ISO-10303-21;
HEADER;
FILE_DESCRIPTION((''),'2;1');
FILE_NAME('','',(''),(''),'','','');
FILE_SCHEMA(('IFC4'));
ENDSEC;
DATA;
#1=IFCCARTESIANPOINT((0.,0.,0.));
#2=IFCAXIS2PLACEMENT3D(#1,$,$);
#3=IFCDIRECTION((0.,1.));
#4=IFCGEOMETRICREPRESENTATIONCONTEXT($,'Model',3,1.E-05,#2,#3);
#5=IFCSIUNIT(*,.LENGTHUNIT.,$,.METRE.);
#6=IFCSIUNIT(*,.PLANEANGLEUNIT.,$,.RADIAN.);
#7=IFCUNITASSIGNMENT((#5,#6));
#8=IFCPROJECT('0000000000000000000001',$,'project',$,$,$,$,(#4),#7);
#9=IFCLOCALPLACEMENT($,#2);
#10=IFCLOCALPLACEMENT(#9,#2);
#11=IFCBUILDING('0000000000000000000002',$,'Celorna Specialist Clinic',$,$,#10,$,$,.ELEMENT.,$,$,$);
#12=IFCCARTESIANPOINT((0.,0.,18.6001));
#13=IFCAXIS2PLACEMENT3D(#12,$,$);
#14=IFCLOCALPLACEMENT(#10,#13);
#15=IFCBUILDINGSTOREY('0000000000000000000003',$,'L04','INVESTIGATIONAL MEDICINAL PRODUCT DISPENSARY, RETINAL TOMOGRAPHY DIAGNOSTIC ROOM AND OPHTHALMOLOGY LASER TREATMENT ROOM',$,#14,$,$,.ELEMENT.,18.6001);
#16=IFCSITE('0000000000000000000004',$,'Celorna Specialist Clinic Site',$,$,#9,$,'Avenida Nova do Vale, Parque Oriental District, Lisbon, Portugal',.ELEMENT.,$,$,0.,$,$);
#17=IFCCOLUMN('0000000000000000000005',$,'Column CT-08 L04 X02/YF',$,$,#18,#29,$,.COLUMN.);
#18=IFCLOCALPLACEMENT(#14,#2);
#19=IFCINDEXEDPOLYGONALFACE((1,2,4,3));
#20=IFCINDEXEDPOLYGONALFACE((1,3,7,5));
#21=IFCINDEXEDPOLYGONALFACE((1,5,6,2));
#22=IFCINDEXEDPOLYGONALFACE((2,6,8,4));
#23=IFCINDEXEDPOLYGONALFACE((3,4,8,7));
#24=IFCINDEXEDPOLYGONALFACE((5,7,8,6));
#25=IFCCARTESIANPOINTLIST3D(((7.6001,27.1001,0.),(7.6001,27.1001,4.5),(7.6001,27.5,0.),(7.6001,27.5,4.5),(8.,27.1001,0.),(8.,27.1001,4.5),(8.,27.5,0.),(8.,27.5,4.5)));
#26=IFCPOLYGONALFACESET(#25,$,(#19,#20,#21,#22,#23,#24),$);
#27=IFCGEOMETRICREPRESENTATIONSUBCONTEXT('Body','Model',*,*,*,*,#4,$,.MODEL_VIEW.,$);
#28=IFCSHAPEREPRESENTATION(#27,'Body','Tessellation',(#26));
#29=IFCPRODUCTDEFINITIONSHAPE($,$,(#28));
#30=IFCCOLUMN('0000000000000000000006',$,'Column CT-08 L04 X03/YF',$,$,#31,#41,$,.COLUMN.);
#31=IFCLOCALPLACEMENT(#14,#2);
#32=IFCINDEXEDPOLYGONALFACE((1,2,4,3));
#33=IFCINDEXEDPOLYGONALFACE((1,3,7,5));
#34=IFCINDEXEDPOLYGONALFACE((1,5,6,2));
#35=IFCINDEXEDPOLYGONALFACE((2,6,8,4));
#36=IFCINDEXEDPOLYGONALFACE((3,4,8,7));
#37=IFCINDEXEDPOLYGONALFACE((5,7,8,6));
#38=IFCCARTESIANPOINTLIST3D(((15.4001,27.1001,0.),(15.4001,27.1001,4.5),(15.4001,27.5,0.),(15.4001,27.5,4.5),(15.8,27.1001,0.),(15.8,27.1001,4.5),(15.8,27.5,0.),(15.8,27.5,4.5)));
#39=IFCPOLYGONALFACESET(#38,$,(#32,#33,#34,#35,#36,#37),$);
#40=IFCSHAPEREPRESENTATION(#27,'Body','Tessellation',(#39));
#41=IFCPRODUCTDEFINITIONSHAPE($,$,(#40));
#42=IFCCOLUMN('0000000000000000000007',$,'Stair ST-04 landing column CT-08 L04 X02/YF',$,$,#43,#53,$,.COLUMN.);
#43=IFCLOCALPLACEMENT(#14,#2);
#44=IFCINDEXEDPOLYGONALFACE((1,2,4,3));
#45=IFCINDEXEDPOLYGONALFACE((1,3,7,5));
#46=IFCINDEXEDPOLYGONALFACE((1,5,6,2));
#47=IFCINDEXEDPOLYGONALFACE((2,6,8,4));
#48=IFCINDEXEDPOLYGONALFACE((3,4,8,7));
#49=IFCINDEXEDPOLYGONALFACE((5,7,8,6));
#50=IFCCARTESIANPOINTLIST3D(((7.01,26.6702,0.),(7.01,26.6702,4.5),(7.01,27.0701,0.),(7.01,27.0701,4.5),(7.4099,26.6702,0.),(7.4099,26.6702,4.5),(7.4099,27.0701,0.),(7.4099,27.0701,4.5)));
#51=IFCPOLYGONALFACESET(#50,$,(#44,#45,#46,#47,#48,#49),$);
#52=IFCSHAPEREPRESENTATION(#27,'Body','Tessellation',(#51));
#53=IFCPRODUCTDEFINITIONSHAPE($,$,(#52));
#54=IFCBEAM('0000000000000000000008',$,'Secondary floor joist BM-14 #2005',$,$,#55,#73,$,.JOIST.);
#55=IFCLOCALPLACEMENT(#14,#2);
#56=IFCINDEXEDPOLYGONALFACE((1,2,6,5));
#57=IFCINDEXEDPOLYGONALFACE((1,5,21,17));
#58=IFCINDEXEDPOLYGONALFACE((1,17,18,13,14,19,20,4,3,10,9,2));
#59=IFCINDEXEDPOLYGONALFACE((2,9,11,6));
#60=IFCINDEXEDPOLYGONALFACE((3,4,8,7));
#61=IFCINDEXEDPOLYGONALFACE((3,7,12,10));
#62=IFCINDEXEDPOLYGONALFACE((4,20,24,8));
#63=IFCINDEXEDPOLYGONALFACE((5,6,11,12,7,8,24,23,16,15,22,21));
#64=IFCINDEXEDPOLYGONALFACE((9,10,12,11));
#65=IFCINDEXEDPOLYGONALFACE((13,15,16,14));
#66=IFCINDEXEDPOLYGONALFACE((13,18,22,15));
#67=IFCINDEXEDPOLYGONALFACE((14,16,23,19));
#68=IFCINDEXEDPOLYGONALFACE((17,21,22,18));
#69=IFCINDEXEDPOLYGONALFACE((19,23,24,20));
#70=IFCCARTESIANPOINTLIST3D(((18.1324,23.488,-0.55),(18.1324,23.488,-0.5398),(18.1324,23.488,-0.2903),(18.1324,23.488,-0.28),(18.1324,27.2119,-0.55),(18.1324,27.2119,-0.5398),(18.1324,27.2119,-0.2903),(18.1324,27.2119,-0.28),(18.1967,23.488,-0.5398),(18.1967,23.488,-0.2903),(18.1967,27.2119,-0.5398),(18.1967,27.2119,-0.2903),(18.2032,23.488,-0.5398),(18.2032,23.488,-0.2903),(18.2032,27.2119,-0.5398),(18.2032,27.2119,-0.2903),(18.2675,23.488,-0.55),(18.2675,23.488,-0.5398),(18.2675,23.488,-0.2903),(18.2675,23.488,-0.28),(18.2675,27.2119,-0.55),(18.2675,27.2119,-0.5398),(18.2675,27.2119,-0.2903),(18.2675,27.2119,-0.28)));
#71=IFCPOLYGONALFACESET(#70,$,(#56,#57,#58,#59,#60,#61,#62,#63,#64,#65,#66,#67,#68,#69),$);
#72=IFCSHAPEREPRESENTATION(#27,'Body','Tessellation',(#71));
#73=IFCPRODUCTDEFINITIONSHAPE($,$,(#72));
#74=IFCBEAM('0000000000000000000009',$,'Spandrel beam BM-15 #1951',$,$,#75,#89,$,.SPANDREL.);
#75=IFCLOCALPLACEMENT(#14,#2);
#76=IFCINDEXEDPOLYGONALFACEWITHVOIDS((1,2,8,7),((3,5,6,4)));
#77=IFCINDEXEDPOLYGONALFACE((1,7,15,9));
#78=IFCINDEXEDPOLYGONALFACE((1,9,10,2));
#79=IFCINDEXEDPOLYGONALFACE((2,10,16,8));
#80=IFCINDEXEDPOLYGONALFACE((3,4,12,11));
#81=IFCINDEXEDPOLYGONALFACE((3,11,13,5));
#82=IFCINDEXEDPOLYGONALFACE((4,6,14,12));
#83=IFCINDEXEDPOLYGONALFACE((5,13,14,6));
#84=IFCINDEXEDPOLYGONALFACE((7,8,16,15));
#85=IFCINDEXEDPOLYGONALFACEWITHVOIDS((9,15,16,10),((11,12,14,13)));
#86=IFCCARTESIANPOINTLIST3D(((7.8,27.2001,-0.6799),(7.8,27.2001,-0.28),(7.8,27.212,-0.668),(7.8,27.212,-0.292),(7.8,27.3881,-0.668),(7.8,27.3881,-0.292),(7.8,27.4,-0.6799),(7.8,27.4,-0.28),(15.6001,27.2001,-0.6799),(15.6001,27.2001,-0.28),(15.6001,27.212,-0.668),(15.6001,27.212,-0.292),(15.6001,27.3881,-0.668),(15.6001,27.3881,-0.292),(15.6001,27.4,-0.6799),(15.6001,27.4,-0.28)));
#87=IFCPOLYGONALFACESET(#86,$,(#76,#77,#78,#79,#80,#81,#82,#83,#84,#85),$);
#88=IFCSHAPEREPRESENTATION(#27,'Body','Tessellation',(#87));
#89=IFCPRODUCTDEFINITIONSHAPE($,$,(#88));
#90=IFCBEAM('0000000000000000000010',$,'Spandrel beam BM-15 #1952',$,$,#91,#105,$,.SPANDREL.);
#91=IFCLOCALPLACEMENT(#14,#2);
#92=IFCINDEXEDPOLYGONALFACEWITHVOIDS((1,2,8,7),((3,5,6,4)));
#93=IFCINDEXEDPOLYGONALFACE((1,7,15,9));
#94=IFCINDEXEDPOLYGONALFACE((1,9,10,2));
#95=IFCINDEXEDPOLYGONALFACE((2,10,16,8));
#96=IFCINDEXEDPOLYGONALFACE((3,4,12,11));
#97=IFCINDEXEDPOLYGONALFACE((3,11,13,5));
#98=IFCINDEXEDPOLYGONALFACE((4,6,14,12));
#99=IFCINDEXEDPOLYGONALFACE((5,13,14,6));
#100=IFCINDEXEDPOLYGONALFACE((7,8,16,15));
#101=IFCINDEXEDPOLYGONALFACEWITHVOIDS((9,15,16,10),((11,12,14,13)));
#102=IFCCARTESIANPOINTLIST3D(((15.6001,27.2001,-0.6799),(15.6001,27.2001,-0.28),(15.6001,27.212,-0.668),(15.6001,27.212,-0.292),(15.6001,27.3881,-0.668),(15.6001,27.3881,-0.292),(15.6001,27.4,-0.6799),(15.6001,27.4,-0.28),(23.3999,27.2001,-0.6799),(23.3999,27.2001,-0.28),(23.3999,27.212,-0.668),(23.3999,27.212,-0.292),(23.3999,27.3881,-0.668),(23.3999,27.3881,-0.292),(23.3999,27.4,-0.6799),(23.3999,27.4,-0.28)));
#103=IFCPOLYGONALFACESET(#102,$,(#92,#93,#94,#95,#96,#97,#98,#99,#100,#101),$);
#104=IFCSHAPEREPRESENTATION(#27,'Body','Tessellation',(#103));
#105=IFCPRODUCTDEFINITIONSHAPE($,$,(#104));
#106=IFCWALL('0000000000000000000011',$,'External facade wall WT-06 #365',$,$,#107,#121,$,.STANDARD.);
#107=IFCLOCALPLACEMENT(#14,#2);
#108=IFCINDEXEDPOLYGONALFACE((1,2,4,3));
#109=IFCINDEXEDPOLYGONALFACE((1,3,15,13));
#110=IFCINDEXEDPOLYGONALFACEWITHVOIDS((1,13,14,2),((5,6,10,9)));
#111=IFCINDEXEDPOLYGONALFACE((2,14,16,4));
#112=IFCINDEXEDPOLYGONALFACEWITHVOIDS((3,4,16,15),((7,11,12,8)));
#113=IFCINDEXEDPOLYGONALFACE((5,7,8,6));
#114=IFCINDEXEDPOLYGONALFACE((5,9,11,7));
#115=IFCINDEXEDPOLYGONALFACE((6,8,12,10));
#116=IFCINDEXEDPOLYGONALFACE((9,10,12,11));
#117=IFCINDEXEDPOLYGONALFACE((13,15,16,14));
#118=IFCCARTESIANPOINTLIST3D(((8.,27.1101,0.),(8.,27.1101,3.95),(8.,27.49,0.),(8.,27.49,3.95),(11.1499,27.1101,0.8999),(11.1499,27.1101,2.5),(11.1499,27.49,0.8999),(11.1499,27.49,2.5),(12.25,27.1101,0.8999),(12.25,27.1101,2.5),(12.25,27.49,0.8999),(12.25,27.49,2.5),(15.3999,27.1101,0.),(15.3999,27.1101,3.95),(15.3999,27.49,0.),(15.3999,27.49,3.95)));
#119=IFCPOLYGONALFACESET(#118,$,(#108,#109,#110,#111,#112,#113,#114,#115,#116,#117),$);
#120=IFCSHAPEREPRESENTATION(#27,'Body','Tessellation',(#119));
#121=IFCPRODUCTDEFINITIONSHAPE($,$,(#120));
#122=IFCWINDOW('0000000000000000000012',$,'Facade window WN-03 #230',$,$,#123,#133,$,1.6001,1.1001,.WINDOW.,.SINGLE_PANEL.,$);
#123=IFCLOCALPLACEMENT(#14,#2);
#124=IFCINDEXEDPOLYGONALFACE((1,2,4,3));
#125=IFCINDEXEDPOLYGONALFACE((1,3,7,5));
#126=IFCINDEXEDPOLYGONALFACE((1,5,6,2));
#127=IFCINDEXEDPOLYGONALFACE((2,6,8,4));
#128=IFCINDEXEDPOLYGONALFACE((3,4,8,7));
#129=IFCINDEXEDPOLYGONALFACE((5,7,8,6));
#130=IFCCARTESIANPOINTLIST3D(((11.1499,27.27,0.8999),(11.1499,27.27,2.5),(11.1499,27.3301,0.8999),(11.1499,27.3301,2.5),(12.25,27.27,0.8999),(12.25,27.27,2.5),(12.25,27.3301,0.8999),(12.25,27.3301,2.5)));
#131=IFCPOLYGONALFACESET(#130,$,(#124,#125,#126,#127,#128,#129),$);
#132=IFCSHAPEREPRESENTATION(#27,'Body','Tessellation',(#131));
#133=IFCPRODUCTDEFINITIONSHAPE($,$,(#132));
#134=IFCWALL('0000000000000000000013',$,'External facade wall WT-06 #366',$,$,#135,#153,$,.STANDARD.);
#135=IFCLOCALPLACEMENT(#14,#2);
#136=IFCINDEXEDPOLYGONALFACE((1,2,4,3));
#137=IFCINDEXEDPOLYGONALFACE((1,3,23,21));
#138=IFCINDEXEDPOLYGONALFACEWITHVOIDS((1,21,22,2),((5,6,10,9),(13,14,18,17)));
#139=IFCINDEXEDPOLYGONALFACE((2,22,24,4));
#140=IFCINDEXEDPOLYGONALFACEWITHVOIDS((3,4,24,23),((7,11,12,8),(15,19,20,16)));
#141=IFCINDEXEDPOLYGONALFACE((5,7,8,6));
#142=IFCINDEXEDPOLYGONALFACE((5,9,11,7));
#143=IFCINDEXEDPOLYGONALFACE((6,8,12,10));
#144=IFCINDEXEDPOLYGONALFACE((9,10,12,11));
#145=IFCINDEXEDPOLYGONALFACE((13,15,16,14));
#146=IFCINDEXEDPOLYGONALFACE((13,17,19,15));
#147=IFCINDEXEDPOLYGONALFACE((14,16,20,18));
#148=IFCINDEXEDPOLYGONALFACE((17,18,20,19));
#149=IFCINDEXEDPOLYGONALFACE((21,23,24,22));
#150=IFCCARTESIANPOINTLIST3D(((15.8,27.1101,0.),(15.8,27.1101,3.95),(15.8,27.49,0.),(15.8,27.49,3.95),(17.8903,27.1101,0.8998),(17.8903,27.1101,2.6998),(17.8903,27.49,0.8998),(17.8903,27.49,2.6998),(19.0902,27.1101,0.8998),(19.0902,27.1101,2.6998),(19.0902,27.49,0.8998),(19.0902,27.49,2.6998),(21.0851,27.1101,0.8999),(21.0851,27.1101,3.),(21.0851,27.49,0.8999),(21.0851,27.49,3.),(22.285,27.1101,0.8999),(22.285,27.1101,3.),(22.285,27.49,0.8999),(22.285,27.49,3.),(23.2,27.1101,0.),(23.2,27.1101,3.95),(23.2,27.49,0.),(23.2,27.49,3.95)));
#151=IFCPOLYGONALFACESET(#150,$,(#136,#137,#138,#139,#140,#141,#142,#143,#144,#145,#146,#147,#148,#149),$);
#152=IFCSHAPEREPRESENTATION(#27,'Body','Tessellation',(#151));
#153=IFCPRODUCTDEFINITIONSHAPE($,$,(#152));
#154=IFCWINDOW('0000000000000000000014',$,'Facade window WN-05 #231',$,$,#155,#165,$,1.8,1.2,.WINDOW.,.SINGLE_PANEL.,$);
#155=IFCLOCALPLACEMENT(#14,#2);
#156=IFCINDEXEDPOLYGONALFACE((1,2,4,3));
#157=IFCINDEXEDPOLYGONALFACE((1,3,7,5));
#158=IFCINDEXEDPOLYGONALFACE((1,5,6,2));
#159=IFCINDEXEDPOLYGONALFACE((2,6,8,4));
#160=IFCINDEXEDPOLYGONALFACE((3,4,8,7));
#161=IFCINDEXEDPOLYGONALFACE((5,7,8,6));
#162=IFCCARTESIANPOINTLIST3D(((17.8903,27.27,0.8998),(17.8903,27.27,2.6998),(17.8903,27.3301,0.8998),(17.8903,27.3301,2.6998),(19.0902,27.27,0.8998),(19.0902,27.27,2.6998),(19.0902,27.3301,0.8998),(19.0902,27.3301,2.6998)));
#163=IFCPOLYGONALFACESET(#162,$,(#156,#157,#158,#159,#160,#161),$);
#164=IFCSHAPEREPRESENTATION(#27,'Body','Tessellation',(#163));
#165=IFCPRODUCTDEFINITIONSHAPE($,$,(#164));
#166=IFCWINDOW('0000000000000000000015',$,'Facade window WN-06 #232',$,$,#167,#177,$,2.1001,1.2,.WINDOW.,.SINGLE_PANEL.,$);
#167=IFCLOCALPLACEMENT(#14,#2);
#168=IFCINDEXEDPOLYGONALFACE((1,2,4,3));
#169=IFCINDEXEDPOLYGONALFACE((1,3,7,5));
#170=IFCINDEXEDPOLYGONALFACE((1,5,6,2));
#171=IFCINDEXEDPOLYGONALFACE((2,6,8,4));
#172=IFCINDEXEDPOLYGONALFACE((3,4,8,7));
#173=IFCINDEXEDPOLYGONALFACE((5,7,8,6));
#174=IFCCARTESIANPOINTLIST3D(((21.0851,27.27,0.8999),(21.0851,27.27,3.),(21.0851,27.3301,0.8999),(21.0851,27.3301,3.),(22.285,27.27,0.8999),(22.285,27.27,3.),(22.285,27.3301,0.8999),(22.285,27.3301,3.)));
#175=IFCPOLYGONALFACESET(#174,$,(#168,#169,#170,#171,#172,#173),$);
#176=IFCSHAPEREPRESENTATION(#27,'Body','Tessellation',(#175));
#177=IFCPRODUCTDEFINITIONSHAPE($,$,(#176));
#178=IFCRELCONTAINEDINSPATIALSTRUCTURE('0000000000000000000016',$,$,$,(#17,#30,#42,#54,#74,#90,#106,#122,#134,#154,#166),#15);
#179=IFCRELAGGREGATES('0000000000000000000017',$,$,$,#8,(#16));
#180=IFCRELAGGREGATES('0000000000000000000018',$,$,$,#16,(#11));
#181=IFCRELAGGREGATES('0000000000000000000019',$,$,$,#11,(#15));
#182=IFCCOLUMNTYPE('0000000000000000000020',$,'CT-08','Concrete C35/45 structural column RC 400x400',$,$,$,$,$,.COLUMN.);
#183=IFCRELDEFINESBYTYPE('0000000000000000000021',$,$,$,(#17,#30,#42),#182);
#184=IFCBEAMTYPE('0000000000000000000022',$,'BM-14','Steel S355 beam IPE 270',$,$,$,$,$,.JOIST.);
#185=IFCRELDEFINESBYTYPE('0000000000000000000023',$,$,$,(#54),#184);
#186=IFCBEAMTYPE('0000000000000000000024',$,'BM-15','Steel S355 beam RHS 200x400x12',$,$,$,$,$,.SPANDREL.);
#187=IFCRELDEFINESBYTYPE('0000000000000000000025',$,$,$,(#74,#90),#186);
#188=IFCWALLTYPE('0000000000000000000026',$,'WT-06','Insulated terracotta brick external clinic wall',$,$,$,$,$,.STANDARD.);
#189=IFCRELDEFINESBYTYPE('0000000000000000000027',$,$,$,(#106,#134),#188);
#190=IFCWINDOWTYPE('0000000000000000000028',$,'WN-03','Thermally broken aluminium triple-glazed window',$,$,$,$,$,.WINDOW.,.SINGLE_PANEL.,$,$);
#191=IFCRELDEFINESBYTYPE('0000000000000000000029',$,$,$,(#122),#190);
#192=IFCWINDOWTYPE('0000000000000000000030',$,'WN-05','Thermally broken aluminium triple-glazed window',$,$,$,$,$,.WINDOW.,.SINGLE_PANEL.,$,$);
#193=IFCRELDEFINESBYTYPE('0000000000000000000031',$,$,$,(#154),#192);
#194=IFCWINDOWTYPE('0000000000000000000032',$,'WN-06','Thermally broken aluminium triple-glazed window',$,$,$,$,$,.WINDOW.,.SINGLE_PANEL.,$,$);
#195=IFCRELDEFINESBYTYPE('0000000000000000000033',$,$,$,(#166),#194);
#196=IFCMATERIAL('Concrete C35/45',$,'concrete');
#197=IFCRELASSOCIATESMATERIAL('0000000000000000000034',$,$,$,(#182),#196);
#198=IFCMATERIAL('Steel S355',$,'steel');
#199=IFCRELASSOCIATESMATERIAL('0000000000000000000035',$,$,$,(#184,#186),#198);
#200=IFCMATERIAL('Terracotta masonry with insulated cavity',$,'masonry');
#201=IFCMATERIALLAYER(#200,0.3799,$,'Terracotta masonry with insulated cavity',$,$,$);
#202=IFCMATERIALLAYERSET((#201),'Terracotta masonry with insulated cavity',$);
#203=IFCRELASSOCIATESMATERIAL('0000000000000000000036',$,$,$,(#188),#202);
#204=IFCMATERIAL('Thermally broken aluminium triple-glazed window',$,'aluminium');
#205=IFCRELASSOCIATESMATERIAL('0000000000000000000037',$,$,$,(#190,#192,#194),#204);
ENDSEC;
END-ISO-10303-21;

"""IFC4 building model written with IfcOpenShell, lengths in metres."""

from ifc_helpers import new_model, si_unit, direction, frame, frame_2d, origin, origin_2d, place, context, subcontext, project, spatial, rectangle, hollow_rectangle, i_section, extrude, material, layer, layer_set, material_profile, profile_set, type_object, element, fill, save


model = new_model("IFC4")

# Units and contexts
model_context = context("Model", 3, precision=1e-05, world=origin(), true_north=direction((0.0, 1.0)))
body_context = subcontext(model_context, "Body", "Model", "MODEL_VIEW")
ifc_project = project(units=[si_unit("LENGTHUNIT", "METRE"), si_unit("PLANEANGLEUNIT", "RADIAN")], contexts=[model_context])

# Site, building, storey
site_placement = place(None, origin())
site = spatial("IfcSite", under=ifc_project, at=site_placement, Name="Celorna Specialist Clinic Site", LongName="Avenida Nova do Vale, Parque Oriental District, Lisbon, Portugal", CompositionType="ELEMENT", RefElevation=0.0)
building_placement = place(site_placement, origin())
building = spatial("IfcBuilding", under=site, at=building_placement, Name="Celorna Specialist Clinic", CompositionType="ELEMENT")
storey_placement = place(building_placement, frame((0.0, 0.0, 18.6001)))
storey = spatial("IfcBuildingStorey", under=building, at=storey_placement, Name="L04", Description="INVESTIGATIONAL MEDICINAL PRODUCT DISPENSARY, RETINAL TOMOGRAPHY DIAGNOSTIC ROOM AND OPHTHALMOLOGY LASER TREATMENT ROOM", CompositionType="ELEMENT", Elevation=18.6001)

# Columns
ifc_material_1 = material(Name="Concrete C35/45", Category="concrete")
ifc_material_profile_1 = material_profile(ifc_material_1, rectangle(XDim=0.3999, YDim=0.3999, at=origin_2d()), Name="RC 400x400")
ifc_profile_set_1 = profile_set([ifc_material_profile_1], Name="Concrete C35/45")
column_type = type_object("IfcColumnType", Name="CT-08", Description="Concrete C35/45 structural column RC 400x400", PredefinedType="COLUMN", material=ifc_profile_set_1)
for number, where, z_axis, x_axis, name in (
    (1, (7.8, 27.3, 0.0), (0.0, 0.0, 1.0), (1.0, 0.0, 0.0), "Column CT-08 L04 X02/YF"),
    (2, (15.6001, 27.3, 0.0), (0.0, 0.0, 1.0), (1.0, 0.0, 0.0), "Column CT-08 L04 X03/YF"),
    (3, (7.21, 26.8701, 0.0), (0.0, 0.0, 1.0), (1.0, 0.0, 0.0), "Stair ST-04 landing column CT-08 L04 X02/YF"),
):
    element("IfcColumn", number, at=place(storey_placement, frame(where, z_axis=z_axis, x_axis=x_axis)), inside=storey, type_object=column_type, Name=name, PredefinedType="COLUMN", context=body_context, shape_type="SweptSolid", body=[
        extrude(rectangle(XDim=0.3999, YDim=0.3999, at=origin_2d()), origin(), (0.0, 0.0, 1.0), 4.5),
    ])

# Beams
ifc_material_2 = material(Name="Steel S355", Category="steel")
ifc_material_profile_2 = material_profile(ifc_material_2, i_section(OverallWidth=0.135, OverallDepth=0.27, WebThickness=0.0066, FlangeThickness=0.0103, at=origin_2d()), Name="IPE 270")
ifc_profile_set_2 = profile_set([ifc_material_profile_2], Name="Steel S355")
beam_type_1 = type_object("IfcBeamType", Name="BM-14", Description="Steel S355 beam IPE 270", PredefinedType="JOIST", material=ifc_profile_set_2)
beam_1_placement = place(storey_placement, frame((18.2, 23.488, -0.415), z_axis=(0.0, 1.0, 0.0), x_axis=(-1.0, 0.0, 0.0)))
element("IfcBeam", 4, at=beam_1_placement, inside=storey, type_object=beam_type_1, Name="Secondary floor joist BM-14 #2005", PredefinedType="JOIST", context=body_context, shape_type="SweptSolid", body=[
    extrude(i_section(OverallWidth=0.135, OverallDepth=0.27, WebThickness=0.0066, FlangeThickness=0.0103, at=origin_2d()), origin(), (0.0, 0.0, 1.0), 3.7239),
])
ifc_material_profile_3 = material_profile(ifc_material_2, hollow_rectangle(XDim=0.2, YDim=0.3999, WallThickness=0.012, at=origin_2d()), Name="RHS 200x400x12")
ifc_profile_set_3 = profile_set([ifc_material_profile_3], Name="Steel S355")
beam_type_2 = type_object("IfcBeamType", Name="BM-15", Description="Steel S355 beam RHS 200x400x12", PredefinedType="SPANDREL", material=ifc_profile_set_3)
beam_2_placement = place(storey_placement, frame((7.8, 27.3, -0.48), z_axis=(1.0, 0.0, 0.0), x_axis=(0.0, 1.0, 0.0)))
element("IfcBeam", 5, at=beam_2_placement, inside=storey, type_object=beam_type_2, Name="Spandrel beam BM-15 #1951", PredefinedType="SPANDREL", context=body_context, shape_type="SweptSolid", body=[
    extrude(hollow_rectangle(XDim=0.2, YDim=0.3999, WallThickness=0.012, at=origin_2d()), origin(), (0.0, 0.0, 1.0), 7.8),
])
beam_3_placement = place(storey_placement, frame((15.6001, 27.3, -0.48), z_axis=(1.0, 0.0, 0.0), x_axis=(0.0, 1.0, 0.0)))
element("IfcBeam", 6, at=beam_3_placement, inside=storey, type_object=beam_type_2, Name="Spandrel beam BM-15 #1952", PredefinedType="SPANDREL", context=body_context, shape_type="SweptSolid", body=[
    extrude(hollow_rectangle(XDim=0.2, YDim=0.3999, WallThickness=0.012, at=origin_2d()), origin(), (0.0, 0.0, 1.0), 7.7998),
])

# Wall, opening, window
ifc_material_3 = material(Name="Terracotta masonry with insulated cavity", Category="masonry")
ifc_layer_1 = layer(ifc_material_3, 0.3799, Name="Terracotta masonry with insulated cavity")
ifc_layer_set_1 = layer_set([ifc_layer_1], Name="Terracotta masonry with insulated cavity")
wall_type_1 = type_object("IfcWallType", Name="WT-06", Description="Insulated terracotta brick external clinic wall", PredefinedType="STANDARD", material=ifc_layer_set_1)
wall_1_placement = place(storey_placement, frame((8.0, 27.3, 0.0), z_axis=(0.0, 0.0, 1.0), x_axis=(1.0, 0.0, 0.0)))
wall_1 = element("IfcWall", 7, at=wall_1_placement, inside=storey, type_object=wall_type_1, Name="External facade wall WT-06 #365", PredefinedType="STANDARD", context=body_context, shape_type="SweptSolid", body=[
    extrude(rectangle(XDim=7.3999, YDim=0.3799, at=frame_2d((3.7, 0.0))), origin(), (0.0, 0.0, 1.0), 3.95),
])
opening_1_placement = place(wall_1_placement, frame((3.1499, 0.0, 0.8999)))
opening_1 = element("IfcOpeningElement", 8, at=opening_1_placement, cuts=wall_1, PredefinedType="OPENING", context=body_context, shape_type="SweptSolid", body=[
    extrude(rectangle(XDim=1.1001, YDim=1.6001, at=frame_2d((0.55, 0.8))), frame((0.0, 0.2, 0.0), z_axis=(0.0, -1.0, 0.0), x_axis=(1.0, 0.0, 0.0)), (0.0, 0.0, 1.0), 0.3999),
])
ifc_material_4 = material(Name="Thermally broken aluminium triple-glazed window", Category="aluminium")
window_type_1 = type_object("IfcWindowType", Name="WN-03", Description="Thermally broken aluminium triple-glazed window", PartitioningType="SINGLE_PANEL", PredefinedType="WINDOW", material=ifc_material_4)
window_1_placement = place(opening_1_placement, origin())
window_1 = element("IfcWindow", 9, at=window_1_placement, inside=storey, type_object=window_type_1, Name="Facade window WN-03 #230", OverallHeight=1.6001, OverallWidth=1.1001, PartitioningType="SINGLE_PANEL", PredefinedType="WINDOW", context=body_context, shape_type="SweptSolid", body=[
    extrude(rectangle(XDim=1.1001, YDim=1.6001, at=frame_2d((0.55, 0.8))), frame((0.0, 0.03, 0.0), z_axis=(0.0, -1.0, 0.0), x_axis=(1.0, 0.0, 0.0)), (0.0, 0.0, 1.0), 0.0601),
])
fill(opening_1, window_1)

# Wall, openings, windows
wall_2_placement = place(storey_placement, frame((15.8, 27.3, 0.0), z_axis=(0.0, 0.0, 1.0), x_axis=(1.0, 0.0, 0.0)))
wall_2 = element("IfcWall", 10, at=wall_2_placement, inside=storey, type_object=wall_type_1, Name="External facade wall WT-06 #366", PredefinedType="STANDARD", context=body_context, shape_type="SweptSolid", body=[
    extrude(rectangle(XDim=7.3999, YDim=0.3799, at=frame_2d((3.7, 0.0))), origin(), (0.0, 0.0, 1.0), 3.95),
])
opening_2_placement = place(wall_2_placement, frame((2.0901, 0.0, 0.8999)))
opening_2 = element("IfcOpeningElement", 11, at=opening_2_placement, cuts=wall_2, PredefinedType="OPENING", context=body_context, shape_type="SweptSolid", body=[
    extrude(rectangle(XDim=1.2, YDim=1.8, at=frame_2d((0.6001, 0.8999))), frame((0.0, 0.2, 0.0), z_axis=(0.0, -1.0, 0.0), x_axis=(1.0, 0.0, 0.0)), (0.0, 0.0, 1.0), 0.3999),
])
opening_3_placement = place(wall_2_placement, frame((5.2849, 0.0, 0.8999)))
opening_3 = element("IfcOpeningElement", 12, at=opening_3_placement, cuts=wall_2, PredefinedType="OPENING", context=body_context, shape_type="SweptSolid", body=[
    extrude(rectangle(XDim=1.2, YDim=2.1001, at=frame_2d((0.6001, 1.05))), frame((0.0, 0.2, 0.0), z_axis=(0.0, -1.0, 0.0), x_axis=(1.0, 0.0, 0.0)), (0.0, 0.0, 1.0), 0.3999),
])
window_type_2 = type_object("IfcWindowType", Name="WN-05", Description="Thermally broken aluminium triple-glazed window", PartitioningType="SINGLE_PANEL", PredefinedType="WINDOW", material=ifc_material_4)
window_2_placement = place(opening_2_placement, origin())
window_2 = element("IfcWindow", 13, at=window_2_placement, inside=storey, type_object=window_type_2, Name="Facade window WN-05 #231", OverallHeight=1.8, OverallWidth=1.2, PartitioningType="SINGLE_PANEL", PredefinedType="WINDOW", context=body_context, shape_type="SweptSolid", body=[
    extrude(rectangle(XDim=1.2, YDim=1.8, at=frame_2d((0.6001, 0.8999))), frame((0.0, 0.03, 0.0), z_axis=(0.0, -1.0, 0.0), x_axis=(1.0, 0.0, 0.0)), (0.0, 0.0, 1.0), 0.0601),
])
fill(opening_2, window_2)
window_type_3 = type_object("IfcWindowType", Name="WN-06", Description="Thermally broken aluminium triple-glazed window", PartitioningType="SINGLE_PANEL", PredefinedType="WINDOW", material=ifc_material_4)
window_3_placement = place(opening_3_placement, origin())
window_3 = element("IfcWindow", 14, at=window_3_placement, inside=storey, type_object=window_type_3, Name="Facade window WN-06 #232", OverallHeight=2.1001, OverallWidth=1.2, PartitioningType="SINGLE_PANEL", PredefinedType="WINDOW", context=body_context, shape_type="SweptSolid", body=[
    extrude(rectangle(XDim=1.2, YDim=2.1001, at=frame_2d((0.6001, 1.05))), frame((0.0, 0.03, 0.0), z_axis=(0.0, -1.0, 0.0), x_axis=(1.0, 0.0, 0.0)), (0.0, 0.0, 1.0), 0.0601),
])
fill(opening_3, window_3)

save(model, "model.ifc")
